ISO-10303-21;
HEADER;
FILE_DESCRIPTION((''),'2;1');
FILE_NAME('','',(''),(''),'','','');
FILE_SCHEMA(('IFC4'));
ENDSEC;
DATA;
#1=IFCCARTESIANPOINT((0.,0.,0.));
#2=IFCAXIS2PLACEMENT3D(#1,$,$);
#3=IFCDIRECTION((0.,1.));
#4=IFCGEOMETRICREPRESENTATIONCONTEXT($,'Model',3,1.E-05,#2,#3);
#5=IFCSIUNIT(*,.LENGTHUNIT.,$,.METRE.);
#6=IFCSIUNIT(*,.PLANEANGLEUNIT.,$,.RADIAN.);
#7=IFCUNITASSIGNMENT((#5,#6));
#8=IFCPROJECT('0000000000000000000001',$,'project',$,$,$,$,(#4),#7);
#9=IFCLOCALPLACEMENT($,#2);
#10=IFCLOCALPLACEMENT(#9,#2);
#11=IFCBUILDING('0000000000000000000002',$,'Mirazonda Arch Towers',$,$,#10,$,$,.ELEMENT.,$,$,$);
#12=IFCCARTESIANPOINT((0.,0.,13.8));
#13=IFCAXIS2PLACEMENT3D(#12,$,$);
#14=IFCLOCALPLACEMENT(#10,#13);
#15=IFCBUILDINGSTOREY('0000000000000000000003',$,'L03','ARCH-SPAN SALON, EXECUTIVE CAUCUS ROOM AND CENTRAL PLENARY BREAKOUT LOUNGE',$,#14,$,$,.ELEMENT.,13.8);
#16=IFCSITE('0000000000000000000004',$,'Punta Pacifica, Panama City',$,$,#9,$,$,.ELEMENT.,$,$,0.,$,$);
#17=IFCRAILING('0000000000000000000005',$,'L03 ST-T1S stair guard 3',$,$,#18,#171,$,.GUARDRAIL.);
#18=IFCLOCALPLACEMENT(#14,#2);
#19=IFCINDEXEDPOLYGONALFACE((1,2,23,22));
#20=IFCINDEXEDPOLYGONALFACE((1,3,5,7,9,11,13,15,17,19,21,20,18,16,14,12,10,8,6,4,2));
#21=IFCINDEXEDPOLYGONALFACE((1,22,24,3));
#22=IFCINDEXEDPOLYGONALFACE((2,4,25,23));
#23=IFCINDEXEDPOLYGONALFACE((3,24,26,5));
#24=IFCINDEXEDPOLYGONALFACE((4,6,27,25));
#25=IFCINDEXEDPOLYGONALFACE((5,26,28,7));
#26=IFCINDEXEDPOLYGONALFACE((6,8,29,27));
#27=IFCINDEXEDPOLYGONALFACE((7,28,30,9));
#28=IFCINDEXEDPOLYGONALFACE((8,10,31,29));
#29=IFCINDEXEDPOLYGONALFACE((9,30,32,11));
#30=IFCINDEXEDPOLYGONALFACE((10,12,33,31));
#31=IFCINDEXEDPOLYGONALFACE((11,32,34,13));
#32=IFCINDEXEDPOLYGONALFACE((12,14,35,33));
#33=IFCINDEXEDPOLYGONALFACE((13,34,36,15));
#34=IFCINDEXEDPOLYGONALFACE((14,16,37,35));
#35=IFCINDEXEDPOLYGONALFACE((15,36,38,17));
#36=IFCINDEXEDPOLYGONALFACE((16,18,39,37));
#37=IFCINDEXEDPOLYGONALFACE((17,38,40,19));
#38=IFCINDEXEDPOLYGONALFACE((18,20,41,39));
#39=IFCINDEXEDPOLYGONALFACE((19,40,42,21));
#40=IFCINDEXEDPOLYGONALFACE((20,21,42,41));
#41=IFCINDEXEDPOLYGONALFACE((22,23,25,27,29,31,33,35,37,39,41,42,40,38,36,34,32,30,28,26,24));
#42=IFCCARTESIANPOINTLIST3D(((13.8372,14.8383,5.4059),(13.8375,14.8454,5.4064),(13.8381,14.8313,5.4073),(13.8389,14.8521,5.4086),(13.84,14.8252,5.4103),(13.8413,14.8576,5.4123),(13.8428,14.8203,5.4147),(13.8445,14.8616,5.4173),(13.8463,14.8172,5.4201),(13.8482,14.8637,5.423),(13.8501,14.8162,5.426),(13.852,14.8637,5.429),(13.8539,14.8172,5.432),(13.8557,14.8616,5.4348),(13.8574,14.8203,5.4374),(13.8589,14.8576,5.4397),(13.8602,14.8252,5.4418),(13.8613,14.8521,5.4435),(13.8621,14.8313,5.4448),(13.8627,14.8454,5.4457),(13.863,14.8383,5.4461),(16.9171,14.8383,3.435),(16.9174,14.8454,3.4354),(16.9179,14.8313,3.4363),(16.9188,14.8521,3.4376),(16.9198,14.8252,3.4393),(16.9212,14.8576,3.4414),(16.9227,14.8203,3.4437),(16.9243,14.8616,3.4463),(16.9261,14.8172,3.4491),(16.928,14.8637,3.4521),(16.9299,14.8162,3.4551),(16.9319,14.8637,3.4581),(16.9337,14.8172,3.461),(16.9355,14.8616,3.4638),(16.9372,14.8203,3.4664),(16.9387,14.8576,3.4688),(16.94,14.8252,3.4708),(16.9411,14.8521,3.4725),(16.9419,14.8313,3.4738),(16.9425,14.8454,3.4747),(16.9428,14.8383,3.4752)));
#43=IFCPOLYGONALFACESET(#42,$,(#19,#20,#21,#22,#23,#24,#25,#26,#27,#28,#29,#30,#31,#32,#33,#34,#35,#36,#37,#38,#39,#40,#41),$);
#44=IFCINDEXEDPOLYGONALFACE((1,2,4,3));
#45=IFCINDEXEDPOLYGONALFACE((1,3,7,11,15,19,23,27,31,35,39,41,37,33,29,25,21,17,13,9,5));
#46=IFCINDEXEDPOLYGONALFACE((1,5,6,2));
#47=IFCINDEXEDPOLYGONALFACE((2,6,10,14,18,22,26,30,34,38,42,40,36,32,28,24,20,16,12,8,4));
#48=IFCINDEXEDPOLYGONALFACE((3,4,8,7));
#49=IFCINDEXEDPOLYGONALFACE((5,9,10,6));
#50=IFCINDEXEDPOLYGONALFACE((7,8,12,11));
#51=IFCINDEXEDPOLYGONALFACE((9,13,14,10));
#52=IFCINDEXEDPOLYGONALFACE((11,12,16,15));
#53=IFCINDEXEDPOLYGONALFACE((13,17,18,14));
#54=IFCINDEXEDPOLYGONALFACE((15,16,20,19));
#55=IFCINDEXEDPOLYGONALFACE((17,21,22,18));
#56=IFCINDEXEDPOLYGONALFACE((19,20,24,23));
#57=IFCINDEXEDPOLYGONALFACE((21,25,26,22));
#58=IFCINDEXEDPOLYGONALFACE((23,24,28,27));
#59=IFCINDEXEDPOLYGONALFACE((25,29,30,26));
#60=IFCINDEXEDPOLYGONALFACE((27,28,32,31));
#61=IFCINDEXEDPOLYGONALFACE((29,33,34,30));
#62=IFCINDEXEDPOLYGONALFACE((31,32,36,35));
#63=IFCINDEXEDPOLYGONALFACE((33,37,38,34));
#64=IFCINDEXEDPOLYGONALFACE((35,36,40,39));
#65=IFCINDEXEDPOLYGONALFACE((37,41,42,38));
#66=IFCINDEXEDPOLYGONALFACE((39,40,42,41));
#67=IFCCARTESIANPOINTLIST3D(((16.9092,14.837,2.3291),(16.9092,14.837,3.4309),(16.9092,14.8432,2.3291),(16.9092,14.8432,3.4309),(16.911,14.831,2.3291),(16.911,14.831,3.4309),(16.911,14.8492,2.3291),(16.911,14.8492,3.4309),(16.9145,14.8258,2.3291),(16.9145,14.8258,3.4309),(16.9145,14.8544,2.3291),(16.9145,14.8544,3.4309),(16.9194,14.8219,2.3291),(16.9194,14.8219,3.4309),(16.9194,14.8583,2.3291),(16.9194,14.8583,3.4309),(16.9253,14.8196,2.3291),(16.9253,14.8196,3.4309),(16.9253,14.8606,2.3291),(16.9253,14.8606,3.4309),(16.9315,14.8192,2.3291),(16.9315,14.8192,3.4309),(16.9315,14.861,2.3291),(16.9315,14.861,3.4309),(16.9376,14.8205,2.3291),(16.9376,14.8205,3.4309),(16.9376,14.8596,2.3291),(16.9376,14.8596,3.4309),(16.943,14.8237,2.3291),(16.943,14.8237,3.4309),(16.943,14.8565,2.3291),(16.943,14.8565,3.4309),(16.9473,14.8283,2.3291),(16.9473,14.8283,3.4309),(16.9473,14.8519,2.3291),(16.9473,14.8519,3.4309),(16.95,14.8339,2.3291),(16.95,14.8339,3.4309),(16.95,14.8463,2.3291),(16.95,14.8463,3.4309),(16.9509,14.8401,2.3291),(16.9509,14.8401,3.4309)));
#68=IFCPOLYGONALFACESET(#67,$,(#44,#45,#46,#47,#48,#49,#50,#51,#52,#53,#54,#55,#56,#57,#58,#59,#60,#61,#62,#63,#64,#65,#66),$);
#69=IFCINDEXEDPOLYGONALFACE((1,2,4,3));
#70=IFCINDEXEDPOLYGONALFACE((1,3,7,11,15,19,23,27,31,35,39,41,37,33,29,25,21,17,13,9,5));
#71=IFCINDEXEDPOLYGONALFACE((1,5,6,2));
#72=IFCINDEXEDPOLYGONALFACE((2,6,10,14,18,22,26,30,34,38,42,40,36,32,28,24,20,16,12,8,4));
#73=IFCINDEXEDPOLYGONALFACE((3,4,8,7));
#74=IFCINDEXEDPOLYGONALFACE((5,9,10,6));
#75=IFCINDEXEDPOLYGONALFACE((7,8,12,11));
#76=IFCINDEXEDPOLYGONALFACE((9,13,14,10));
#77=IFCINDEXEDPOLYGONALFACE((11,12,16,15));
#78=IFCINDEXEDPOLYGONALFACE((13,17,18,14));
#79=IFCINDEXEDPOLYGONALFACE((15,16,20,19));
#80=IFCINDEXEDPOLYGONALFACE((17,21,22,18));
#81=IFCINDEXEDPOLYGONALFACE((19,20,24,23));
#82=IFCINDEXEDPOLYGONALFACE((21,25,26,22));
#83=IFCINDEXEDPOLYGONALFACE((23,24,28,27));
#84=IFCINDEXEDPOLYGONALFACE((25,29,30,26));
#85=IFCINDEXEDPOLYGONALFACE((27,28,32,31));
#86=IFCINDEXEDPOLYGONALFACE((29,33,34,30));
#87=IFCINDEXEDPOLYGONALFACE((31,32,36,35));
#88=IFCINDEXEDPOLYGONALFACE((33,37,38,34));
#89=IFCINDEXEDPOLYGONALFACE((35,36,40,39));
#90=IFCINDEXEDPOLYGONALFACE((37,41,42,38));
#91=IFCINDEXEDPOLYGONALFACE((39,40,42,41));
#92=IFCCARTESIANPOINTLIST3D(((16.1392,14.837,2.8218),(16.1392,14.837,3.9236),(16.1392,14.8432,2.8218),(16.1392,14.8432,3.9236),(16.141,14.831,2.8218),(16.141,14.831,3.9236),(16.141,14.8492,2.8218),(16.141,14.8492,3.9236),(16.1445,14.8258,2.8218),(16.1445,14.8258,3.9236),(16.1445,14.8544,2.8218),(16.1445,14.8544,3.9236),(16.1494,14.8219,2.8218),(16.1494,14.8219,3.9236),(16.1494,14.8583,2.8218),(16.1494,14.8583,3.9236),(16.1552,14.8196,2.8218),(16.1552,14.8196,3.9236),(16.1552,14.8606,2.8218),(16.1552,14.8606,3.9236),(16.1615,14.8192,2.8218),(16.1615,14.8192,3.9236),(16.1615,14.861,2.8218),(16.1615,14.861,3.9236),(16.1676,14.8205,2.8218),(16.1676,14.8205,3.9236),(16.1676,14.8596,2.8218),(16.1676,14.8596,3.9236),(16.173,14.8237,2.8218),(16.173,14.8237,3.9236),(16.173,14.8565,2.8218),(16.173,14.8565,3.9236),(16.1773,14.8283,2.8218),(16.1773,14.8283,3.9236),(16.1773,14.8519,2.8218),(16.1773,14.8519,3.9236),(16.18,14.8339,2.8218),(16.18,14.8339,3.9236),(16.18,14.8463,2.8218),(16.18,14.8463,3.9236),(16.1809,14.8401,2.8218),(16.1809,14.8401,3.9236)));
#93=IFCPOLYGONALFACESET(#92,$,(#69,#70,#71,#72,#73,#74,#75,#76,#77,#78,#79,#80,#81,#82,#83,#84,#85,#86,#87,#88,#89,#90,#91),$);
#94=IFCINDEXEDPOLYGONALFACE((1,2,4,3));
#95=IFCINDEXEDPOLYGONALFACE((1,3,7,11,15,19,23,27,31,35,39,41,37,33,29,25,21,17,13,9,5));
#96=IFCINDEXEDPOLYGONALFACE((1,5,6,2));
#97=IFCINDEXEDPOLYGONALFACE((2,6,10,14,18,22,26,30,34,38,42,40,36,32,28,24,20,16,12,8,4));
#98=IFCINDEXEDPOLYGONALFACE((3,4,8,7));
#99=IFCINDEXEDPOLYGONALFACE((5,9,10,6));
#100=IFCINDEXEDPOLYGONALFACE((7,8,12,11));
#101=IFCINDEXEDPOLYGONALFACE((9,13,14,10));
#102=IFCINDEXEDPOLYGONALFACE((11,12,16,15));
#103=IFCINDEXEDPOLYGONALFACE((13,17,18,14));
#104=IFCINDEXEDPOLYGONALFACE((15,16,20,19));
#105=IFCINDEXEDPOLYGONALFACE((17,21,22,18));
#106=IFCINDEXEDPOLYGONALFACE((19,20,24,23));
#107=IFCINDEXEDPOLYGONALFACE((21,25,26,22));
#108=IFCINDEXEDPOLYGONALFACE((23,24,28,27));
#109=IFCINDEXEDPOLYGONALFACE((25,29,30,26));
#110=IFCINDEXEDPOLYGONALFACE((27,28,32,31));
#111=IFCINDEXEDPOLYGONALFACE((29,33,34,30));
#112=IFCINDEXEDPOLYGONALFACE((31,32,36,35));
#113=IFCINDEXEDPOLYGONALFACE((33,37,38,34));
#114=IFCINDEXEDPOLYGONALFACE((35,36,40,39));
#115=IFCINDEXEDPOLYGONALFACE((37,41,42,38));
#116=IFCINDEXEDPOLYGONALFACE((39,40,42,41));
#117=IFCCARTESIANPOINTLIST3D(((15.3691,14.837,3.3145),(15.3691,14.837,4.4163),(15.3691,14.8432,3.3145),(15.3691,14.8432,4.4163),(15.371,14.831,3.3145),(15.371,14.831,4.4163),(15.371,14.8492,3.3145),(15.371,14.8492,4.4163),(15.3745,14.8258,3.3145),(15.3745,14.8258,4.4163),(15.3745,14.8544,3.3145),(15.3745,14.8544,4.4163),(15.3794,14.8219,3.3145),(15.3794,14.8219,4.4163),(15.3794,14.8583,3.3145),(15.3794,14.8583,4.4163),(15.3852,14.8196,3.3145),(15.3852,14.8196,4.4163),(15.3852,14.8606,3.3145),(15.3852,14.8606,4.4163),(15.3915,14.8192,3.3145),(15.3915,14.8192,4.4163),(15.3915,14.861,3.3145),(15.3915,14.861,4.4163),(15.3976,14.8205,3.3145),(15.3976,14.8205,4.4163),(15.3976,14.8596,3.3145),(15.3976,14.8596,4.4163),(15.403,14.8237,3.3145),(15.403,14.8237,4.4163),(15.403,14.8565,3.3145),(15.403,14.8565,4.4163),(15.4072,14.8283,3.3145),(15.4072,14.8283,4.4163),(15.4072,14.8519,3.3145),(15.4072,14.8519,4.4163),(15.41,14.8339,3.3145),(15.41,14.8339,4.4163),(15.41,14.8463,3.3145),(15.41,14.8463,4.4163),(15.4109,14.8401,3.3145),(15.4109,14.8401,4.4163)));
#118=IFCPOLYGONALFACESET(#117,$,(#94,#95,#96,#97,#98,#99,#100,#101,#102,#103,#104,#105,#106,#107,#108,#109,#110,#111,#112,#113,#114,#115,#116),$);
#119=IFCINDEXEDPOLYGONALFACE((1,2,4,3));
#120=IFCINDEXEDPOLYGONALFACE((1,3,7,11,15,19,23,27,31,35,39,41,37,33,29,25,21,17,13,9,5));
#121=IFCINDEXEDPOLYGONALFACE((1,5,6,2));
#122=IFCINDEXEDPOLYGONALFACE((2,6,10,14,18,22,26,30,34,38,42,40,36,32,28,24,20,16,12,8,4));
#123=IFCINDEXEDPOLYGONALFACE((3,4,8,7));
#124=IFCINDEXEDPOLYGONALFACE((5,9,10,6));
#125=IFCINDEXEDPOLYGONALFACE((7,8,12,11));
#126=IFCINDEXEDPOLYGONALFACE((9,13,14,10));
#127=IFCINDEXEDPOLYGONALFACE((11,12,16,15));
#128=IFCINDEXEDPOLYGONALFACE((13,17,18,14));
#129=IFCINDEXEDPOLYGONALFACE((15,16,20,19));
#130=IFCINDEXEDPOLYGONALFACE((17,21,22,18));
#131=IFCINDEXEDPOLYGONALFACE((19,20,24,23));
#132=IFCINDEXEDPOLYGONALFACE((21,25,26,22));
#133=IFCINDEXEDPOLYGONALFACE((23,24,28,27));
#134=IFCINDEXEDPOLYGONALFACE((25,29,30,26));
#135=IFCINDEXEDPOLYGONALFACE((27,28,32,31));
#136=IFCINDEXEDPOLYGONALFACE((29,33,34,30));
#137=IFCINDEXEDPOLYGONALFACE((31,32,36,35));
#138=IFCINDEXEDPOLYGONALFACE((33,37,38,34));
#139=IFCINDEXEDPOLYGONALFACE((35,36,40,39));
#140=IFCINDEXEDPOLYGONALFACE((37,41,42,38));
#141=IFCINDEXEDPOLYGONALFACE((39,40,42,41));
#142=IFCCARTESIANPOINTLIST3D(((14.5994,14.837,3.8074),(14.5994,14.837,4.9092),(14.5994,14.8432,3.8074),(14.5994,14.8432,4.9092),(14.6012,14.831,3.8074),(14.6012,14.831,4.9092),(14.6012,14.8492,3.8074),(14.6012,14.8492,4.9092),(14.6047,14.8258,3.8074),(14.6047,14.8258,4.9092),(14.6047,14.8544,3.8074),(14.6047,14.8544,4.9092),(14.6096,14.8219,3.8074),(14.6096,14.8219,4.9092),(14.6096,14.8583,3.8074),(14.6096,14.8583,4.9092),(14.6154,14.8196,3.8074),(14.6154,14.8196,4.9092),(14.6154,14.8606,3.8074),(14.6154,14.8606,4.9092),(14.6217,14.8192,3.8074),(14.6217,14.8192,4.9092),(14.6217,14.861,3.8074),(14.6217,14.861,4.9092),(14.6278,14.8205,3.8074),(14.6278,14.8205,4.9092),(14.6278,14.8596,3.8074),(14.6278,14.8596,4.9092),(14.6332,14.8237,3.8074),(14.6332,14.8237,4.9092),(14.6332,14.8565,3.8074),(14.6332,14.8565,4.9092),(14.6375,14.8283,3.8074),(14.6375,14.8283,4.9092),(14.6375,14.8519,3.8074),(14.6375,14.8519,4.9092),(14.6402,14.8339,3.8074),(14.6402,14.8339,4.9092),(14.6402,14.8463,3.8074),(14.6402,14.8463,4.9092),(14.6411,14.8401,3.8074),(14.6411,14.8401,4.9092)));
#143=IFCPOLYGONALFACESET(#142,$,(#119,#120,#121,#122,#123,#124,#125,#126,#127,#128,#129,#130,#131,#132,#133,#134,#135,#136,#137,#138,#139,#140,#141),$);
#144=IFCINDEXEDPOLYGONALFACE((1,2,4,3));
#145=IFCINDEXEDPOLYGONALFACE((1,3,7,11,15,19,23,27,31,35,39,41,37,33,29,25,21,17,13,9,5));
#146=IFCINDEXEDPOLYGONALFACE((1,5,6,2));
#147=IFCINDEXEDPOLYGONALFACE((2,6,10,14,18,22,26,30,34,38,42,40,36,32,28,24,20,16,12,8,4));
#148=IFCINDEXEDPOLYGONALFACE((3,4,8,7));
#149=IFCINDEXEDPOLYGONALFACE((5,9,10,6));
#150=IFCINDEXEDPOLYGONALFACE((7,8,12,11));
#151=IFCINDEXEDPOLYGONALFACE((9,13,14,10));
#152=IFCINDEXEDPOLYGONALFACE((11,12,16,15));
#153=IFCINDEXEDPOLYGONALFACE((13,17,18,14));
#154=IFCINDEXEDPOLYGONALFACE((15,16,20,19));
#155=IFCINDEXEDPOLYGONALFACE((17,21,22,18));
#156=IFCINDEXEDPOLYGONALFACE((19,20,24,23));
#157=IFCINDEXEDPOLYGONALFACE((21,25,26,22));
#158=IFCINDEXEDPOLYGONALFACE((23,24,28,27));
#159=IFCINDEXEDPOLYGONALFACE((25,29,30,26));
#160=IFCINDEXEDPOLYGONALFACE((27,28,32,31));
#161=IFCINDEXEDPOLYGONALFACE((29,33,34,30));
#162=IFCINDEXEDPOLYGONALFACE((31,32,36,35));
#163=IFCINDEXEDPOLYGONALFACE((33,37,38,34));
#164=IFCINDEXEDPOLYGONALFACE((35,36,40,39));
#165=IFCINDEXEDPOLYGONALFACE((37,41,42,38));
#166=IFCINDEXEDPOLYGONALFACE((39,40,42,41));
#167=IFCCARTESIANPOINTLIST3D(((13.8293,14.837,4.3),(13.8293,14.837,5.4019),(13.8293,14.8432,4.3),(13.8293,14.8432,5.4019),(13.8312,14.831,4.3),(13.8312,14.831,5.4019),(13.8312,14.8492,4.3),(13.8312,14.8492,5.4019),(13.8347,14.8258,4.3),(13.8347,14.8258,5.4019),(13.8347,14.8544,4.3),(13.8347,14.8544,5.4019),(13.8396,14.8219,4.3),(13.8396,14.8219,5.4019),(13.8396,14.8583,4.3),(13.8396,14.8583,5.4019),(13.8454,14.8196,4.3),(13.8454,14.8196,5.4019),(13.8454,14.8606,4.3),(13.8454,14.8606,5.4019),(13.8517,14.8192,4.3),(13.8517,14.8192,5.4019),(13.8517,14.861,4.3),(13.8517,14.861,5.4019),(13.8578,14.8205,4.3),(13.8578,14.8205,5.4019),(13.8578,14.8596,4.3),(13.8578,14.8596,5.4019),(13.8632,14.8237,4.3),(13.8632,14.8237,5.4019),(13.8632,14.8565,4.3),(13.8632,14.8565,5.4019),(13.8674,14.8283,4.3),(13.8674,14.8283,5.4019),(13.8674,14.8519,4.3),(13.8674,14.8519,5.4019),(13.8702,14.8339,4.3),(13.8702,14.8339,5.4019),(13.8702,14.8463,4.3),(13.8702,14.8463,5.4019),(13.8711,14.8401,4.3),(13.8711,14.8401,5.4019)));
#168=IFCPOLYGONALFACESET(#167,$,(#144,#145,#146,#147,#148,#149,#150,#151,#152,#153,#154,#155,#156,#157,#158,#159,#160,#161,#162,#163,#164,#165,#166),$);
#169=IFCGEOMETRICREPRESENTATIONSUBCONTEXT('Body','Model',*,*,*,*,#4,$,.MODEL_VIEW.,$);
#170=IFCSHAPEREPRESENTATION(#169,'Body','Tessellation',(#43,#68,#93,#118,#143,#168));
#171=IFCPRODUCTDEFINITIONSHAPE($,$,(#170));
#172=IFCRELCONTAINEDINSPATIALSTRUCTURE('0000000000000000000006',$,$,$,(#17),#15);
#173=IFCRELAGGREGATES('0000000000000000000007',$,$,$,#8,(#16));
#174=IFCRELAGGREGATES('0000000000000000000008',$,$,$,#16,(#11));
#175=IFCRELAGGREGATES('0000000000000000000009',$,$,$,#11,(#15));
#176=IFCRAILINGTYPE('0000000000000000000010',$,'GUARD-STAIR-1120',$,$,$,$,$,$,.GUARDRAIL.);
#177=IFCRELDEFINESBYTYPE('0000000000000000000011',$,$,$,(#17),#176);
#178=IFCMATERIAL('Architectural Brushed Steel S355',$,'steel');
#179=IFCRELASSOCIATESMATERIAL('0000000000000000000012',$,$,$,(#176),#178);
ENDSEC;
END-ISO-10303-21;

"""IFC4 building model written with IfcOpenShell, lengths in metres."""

from ifc_helpers import new_model, si_unit, direction, frame, origin, origin_2d, place, context, subcontext, project, spatial, circle, extrude, material, type_object, element, save


model = new_model("IFC4")

# Units and contexts
model_context = context("Model", 3, precision=1e-05, world=origin(), true_north=direction((0.0, 1.0)))
body_context = subcontext(model_context, "Body", "Model", "MODEL_VIEW")
ifc_project = project(units=[si_unit("LENGTHUNIT", "METRE"), si_unit("PLANEANGLEUNIT", "RADIAN")], contexts=[model_context])

# Site, building, storey
site_placement = place(None, origin())
site = spatial("IfcSite", under=ifc_project, at=site_placement, Name="Punta Pacifica, Panama City", CompositionType="ELEMENT", RefElevation=0.0)
building_placement = place(site_placement, origin())
building = spatial("IfcBuilding", under=site, at=building_placement, Name="Mirazonda Arch Towers", CompositionType="ELEMENT")
storey_placement = place(building_placement, frame((0.0, 0.0, 13.8)))
storey = spatial("IfcBuildingStorey", under=building, at=storey_placement, Name="L03", Description="ARCH-SPAN SALON, EXECUTIVE CAUCUS ROOM AND CENTRAL PLENARY BREAKOUT LOUNGE", CompositionType="ELEMENT", Elevation=13.8)

# Shared definitions
ifc_material_1 = material(Name="Architectural Brushed Steel S355", Category="steel")

# Railing
railing_type_1 = type_object("IfcRailingType", Name="GUARD-STAIR-1120", PredefinedType="GUARDRAIL", material=ifc_material_1)
railing_1_placement = place(storey_placement, frame((16.9299, 14.8401, 2.3291)))
element("IfcRailing", 1, at=railing_1_placement, inside=storey, type_object=railing_type_1, Name="L03 ST-T1S stair guard 3", PredefinedType="GUARDRAIL", context=body_context, shape_type="SweptSolid", body=[
    extrude(circle(Radius=0.0239, at=origin_2d()), frame((0.0, 0.0, 1.126), z_axis=(-0.84229, 0.0, 0.539025), x_axis=(0.0, -1.0, 0.0)), (0.0, 0.0, 1.0), 3.6565),
    extrude(circle(Radius=0.021, at=origin_2d()), origin(), (0.0, 0.0, 1.0), 1.1018),
    extrude(circle(Radius=0.021, at=origin_2d()), frame((-0.77, 0.0, 0.4927)), (0.0, 0.0, 1.0), 1.1018),
    extrude(circle(Radius=0.021, at=origin_2d()), frame((-1.54, 0.0, 0.9854)), (0.0, 0.0, 1.0), 1.1018),
    extrude(circle(Radius=0.021, at=origin_2d()), frame((-2.3098, 0.0, 1.4783)), (0.0, 0.0, 1.0), 1.1018),
    extrude(circle(Radius=0.021, at=origin_2d()), frame((-3.0798, 0.0, 1.9709)), (0.0, 0.0, 1.0), 1.1018),
])

save(model, "model.ifc")
